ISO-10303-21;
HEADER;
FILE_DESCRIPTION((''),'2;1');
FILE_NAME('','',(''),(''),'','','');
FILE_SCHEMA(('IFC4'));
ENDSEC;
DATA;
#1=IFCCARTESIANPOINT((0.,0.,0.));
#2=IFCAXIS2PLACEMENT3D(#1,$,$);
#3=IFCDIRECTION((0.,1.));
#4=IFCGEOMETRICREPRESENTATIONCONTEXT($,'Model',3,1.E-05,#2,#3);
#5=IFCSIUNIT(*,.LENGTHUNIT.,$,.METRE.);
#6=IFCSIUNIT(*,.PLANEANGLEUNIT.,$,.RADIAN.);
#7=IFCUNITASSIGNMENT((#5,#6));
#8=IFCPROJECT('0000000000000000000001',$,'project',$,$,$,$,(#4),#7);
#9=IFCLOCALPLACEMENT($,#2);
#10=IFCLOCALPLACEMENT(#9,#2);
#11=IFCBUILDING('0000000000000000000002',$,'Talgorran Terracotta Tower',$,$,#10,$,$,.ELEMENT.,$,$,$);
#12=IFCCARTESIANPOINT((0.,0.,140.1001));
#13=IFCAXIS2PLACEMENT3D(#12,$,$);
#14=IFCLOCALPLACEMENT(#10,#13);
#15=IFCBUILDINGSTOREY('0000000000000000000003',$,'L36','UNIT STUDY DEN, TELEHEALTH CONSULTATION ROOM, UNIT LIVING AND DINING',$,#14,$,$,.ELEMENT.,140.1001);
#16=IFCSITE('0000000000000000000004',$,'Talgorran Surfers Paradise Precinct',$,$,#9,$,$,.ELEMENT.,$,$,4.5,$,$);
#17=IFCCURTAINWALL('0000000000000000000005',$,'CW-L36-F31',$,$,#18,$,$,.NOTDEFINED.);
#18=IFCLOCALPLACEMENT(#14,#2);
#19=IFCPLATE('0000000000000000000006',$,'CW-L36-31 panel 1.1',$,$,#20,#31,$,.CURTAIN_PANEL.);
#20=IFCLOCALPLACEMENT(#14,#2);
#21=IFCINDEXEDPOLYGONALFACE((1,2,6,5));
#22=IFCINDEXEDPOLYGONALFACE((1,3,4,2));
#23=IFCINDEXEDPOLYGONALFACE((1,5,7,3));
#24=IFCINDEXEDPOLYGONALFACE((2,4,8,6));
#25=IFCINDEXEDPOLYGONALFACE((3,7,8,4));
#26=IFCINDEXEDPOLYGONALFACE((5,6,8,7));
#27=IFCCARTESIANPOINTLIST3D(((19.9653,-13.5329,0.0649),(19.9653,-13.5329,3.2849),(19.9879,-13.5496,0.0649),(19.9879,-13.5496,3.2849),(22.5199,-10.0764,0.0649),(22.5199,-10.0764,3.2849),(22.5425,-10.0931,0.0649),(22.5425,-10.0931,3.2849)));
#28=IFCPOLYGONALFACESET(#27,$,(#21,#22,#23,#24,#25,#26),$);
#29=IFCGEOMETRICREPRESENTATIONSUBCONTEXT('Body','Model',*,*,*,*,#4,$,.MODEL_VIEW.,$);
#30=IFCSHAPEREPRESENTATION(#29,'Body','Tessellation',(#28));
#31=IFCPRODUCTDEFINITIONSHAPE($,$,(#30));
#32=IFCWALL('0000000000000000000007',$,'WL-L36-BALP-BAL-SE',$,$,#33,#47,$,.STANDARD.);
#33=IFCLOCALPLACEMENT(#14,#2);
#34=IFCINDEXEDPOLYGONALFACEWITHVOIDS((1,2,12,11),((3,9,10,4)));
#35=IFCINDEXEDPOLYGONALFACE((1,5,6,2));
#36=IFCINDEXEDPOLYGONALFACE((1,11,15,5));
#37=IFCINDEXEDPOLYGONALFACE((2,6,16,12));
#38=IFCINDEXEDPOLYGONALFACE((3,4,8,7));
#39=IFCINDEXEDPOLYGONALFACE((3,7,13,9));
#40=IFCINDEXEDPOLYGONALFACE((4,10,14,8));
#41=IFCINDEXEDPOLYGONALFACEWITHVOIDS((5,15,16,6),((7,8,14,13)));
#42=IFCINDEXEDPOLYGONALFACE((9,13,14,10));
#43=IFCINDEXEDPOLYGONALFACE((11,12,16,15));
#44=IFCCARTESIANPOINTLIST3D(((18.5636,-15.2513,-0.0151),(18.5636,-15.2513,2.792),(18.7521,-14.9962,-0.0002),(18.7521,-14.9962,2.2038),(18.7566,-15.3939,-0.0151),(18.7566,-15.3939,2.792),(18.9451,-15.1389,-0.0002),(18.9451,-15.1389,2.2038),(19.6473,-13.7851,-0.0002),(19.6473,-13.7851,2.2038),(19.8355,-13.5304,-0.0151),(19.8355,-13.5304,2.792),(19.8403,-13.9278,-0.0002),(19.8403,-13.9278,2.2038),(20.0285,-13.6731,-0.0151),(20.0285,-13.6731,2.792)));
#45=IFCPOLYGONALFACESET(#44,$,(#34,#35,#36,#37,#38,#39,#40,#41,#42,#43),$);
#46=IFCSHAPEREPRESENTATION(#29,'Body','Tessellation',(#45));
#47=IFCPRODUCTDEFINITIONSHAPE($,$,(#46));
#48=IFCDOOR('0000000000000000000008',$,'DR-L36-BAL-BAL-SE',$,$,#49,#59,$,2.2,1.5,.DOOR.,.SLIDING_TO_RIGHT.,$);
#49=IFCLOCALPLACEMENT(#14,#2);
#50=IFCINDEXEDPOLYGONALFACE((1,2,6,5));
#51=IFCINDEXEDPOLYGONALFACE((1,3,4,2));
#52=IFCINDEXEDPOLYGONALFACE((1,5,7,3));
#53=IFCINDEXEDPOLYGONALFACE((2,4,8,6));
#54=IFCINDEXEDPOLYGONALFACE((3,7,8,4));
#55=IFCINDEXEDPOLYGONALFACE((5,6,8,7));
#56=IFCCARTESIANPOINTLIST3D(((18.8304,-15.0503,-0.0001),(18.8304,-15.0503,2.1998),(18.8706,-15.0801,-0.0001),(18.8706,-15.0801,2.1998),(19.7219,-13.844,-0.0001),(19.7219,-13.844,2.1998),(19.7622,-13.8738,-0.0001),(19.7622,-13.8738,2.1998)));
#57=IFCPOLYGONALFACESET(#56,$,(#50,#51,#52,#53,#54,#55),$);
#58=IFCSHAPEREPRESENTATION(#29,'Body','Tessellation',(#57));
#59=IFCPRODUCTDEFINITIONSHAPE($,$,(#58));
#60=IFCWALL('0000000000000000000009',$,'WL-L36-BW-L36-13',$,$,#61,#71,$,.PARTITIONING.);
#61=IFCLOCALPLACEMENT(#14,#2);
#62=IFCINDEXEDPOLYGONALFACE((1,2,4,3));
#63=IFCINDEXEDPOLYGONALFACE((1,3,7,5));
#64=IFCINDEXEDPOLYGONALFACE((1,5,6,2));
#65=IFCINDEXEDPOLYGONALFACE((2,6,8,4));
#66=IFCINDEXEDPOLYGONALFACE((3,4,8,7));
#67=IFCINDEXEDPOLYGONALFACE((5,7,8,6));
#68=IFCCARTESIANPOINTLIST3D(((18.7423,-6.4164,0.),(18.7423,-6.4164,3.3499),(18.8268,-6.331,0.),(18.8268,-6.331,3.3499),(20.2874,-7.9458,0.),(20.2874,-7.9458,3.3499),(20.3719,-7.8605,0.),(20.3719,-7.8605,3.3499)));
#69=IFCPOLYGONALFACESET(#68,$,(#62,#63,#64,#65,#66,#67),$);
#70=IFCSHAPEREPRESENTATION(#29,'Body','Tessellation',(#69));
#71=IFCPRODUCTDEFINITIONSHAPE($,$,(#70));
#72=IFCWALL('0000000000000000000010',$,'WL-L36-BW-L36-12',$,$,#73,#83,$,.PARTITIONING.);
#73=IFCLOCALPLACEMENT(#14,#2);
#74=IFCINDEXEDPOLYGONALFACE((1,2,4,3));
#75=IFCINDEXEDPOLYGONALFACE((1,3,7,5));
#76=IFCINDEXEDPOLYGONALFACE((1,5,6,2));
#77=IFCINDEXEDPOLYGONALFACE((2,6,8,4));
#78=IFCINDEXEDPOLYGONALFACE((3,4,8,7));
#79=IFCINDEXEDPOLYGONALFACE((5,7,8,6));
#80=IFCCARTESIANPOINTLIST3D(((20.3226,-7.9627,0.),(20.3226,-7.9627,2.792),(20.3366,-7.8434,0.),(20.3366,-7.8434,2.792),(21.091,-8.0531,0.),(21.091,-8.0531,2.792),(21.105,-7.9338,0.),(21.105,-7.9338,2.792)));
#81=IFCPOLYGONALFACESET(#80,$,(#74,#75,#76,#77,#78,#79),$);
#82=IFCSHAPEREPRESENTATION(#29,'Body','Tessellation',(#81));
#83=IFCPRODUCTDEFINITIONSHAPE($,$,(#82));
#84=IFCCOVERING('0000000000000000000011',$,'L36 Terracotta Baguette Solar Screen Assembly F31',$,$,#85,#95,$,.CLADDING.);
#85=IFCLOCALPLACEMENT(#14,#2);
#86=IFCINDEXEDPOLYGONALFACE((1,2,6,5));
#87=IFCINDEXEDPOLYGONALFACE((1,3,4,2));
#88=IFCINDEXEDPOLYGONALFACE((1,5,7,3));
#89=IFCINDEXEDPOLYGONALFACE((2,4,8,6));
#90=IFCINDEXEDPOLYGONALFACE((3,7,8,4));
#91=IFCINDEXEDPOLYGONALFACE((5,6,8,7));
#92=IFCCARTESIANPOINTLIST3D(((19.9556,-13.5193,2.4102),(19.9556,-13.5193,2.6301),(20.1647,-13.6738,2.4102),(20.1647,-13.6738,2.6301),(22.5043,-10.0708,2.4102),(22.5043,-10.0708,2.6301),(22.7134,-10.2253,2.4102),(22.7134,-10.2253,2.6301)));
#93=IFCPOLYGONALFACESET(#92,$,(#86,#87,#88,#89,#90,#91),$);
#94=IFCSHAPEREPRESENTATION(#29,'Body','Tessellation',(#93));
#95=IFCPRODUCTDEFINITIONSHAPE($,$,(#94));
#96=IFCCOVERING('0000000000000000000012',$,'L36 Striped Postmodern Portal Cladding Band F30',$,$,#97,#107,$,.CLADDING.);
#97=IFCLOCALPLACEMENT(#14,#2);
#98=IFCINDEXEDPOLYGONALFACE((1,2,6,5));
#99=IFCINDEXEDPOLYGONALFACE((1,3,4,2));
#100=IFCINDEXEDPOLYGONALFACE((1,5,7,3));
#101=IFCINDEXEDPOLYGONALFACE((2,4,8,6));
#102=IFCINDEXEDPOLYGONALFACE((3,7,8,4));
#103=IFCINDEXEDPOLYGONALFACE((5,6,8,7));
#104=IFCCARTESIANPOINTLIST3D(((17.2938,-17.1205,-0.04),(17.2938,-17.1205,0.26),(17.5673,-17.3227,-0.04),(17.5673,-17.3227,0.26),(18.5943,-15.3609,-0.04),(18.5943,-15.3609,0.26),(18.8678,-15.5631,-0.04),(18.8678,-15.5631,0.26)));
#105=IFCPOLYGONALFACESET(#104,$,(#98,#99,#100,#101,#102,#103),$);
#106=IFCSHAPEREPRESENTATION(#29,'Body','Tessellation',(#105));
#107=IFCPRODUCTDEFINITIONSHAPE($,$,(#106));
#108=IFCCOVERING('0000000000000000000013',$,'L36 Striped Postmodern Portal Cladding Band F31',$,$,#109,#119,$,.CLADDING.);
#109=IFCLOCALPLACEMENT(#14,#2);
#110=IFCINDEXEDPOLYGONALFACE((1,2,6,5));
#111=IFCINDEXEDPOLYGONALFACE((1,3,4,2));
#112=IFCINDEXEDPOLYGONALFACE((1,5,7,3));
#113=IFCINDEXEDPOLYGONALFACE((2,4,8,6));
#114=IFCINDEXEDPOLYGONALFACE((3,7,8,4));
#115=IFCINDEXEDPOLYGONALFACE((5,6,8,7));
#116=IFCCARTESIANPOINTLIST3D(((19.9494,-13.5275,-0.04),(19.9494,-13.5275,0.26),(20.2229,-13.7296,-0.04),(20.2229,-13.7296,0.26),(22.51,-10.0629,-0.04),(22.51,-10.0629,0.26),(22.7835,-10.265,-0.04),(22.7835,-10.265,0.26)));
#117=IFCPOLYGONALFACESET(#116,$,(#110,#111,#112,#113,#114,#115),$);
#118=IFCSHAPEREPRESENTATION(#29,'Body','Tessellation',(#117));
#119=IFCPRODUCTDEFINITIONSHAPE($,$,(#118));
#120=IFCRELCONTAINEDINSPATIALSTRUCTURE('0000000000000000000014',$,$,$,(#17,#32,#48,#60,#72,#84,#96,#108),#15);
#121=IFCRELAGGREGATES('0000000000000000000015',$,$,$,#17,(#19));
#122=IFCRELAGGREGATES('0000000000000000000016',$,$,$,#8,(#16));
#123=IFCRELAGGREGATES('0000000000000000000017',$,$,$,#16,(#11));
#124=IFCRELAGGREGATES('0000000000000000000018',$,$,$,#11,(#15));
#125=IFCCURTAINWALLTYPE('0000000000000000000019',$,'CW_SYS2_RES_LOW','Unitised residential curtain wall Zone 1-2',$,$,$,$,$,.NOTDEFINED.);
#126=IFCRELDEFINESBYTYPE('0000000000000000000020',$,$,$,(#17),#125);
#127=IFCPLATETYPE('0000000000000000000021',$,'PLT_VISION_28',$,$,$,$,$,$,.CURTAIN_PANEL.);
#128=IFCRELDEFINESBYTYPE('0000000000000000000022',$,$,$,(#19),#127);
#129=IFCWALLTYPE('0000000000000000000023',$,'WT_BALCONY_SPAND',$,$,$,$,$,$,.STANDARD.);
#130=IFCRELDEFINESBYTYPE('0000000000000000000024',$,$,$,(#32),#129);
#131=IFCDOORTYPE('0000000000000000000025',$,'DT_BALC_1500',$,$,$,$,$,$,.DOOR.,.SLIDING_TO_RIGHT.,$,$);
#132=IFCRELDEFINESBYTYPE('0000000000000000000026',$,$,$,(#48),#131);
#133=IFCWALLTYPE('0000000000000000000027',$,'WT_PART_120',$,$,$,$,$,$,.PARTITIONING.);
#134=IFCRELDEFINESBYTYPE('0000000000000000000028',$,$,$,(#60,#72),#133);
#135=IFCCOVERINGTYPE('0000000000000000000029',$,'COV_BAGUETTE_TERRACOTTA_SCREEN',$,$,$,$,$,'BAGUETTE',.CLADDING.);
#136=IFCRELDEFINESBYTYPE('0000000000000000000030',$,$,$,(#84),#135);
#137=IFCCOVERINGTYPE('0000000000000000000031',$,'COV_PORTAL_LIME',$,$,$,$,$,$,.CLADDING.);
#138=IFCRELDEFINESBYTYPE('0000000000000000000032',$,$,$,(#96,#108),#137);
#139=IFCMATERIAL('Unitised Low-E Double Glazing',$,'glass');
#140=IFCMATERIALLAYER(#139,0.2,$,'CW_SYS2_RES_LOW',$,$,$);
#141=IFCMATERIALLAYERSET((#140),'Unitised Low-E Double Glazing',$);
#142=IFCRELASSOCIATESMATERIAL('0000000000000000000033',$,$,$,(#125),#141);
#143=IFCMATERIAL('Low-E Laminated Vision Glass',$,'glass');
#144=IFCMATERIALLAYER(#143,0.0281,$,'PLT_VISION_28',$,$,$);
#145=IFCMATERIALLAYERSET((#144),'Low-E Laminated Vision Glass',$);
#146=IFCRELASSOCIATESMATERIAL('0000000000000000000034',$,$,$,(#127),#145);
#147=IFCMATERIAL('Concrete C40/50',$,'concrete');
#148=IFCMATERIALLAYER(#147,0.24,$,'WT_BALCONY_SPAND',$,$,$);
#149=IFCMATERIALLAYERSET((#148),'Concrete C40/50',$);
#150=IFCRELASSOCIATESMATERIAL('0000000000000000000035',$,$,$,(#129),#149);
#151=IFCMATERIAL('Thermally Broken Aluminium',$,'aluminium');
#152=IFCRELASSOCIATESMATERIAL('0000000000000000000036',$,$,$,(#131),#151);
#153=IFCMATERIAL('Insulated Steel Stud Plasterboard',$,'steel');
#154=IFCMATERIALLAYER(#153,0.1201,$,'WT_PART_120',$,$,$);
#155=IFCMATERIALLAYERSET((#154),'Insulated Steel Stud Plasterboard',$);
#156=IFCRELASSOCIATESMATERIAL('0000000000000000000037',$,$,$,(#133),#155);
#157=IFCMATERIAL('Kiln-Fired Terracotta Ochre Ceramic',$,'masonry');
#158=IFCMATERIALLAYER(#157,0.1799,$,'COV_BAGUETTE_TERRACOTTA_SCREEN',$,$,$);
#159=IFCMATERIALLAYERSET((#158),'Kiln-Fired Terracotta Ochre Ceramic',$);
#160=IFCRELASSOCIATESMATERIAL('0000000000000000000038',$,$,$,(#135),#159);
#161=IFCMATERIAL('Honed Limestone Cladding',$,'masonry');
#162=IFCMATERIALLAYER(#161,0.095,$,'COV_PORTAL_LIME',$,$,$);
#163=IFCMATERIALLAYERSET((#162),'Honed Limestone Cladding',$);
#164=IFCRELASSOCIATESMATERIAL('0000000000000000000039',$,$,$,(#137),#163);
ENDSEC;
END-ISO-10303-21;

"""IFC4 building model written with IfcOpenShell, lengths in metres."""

from ifc_helpers import new_model, si_unit, direction, frame, frame_2d, origin, origin_2d, place, context, subcontext, project, spatial, rectangle, extrude, source, transform, mapped, material, layer, layer_set, type_object, element, fill, aggregate, save


model = new_model("IFC4")

# Units and contexts
model_context = context("Model", 3, precision=1e-05, world=origin(), true_north=direction((0.0, 1.0)))
body_context = subcontext(model_context, "Body", "Model", "MODEL_VIEW")
ifc_project = project(units=[si_unit("LENGTHUNIT", "METRE"), si_unit("PLANEANGLEUNIT", "RADIAN")], contexts=[model_context])

# Site, building, storey
site_placement = place(None, origin())
site = spatial("IfcSite", under=ifc_project, at=site_placement, Name="Talgorran Surfers Paradise Precinct", CompositionType="ELEMENT", RefElevation=4.5)
building_placement = place(site_placement, origin())
building = spatial("IfcBuilding", under=site, at=building_placement, Name="Talgorran Terracotta Tower", CompositionType="ELEMENT")
storey_placement = place(building_placement, frame((0.0, 0.0, 140.1001)))
storey = spatial("IfcBuildingStorey", under=building, at=storey_placement, Name="L36", Description="UNIT STUDY DEN, TELEHEALTH CONSULTATION ROOM, UNIT LIVING AND DINING", CompositionType="ELEMENT", Elevation=140.1001)

# Shared definitions
ifc_material_1 = material(Name="Unitised Low-E Double Glazing", Category="glass")
ifc_layer_1 = layer(ifc_material_1, 0.2, Name="CW_SYS2_RES_LOW")
ifc_layer_set_1 = layer_set([ifc_layer_1], Name="Unitised Low-E Double Glazing")
curtain_wall_type = type_object("IfcCurtainWallType", Name="CW_SYS2_RES_LOW", Description="Unitised residential curtain wall Zone 1-2", PredefinedType="NOTDEFINED", material=ifc_layer_set_1)

# Curtain wall
curtain_wall_1_placement = place(storey_placement, origin())
curtain_wall_1 = element("IfcCurtainWall", 1, at=curtain_wall_1_placement, inside=storey, type_object=curtain_wall_type, Name="CW-L36-F31", PredefinedType="NOTDEFINED")

# Plate
ifc_material_2 = material(Name="Low-E Laminated Vision Glass", Category="glass")
ifc_layer_2 = layer(ifc_material_2, 0.0281, Name="PLT_VISION_28")
ifc_layer_set_2 = layer_set([ifc_layer_2], Name="Low-E Laminated Vision Glass")
plate_type_1 = type_object("IfcPlateType", Name="PLT_VISION_28", PredefinedType="CURTAIN_PANEL", material=ifc_layer_set_2)
shared_shape_1 = source(origin(), body_context, "Body", "SweptSolid", [
    extrude(rectangle(XDim=4.2981, YDim=0.0281, at=origin_2d()), origin(), (0.0, 0.0, 1.0), 3.22),
])
plate_1_placement = place(storey_placement, frame((21.2539, -11.813, 0.0649), z_axis=(0.0, 0.0, 1.0), x_axis=(0.594359, 0.8042, 0.0)))
plate_1 = element("IfcPlate", 2, at=plate_1_placement, type_object=plate_type_1, Name="CW-L36-31 panel 1.1", PredefinedType="CURTAIN_PANEL", context=body_context, shape_type="MappedRepresentation", body=[
    mapped(shared_shape_1, transform((0.0, 0.0, 0.0), scale=1.0)),
])
aggregate(curtain_wall_1, [plate_1])

# Wall, opening, door
ifc_material_3 = material(Name="Concrete C40/50", Category="concrete")
ifc_layer_3 = layer(ifc_material_3, 0.24, Name="WT_BALCONY_SPAND")
ifc_layer_set_3 = layer_set([ifc_layer_3], Name="Concrete C40/50")
wall_type_1 = type_object("IfcWallType", Name="WT_BALCONY_SPAND", PredefinedType="STANDARD", material=ifc_layer_set_3)
wall_1_placement = place(storey_placement, frame((18.6602, -15.3225, -0.0151), z_axis=(0.0, 0.0, 1.0), x_axis=(0.594381, 0.804183, 0.0)))
wall_1 = element("IfcWall", 3, at=wall_1_placement, inside=storey, type_object=wall_type_1, Name="WL-L36-BALP-BAL-SE", PredefinedType="STANDARD", context=body_context, shape_type="SweptSolid", body=[
    extrude(rectangle(XDim=2.1399, YDim=0.24, at=frame_2d((1.0698, 0.0))), origin(), (0.0, 0.0, 1.0), 2.8071),
])
opening_placement = place(wall_1_placement, frame((0.3201, 0.0, 0.0149)))
opening = element("IfcOpeningElement", 4, at=opening_placement, cuts=wall_1, PredefinedType="OPENING", context=body_context, shape_type="SweptSolid", body=[
    extrude(rectangle(XDim=1.506, YDim=2.204, at=frame_2d((0.75, 1.1021))), frame((0.0, 0.1299, 0.0), z_axis=(0.0, -1.0, 0.0), x_axis=(1.0, 0.0, 0.0)), (0.0, 0.0, 1.0), 0.26),
])
ifc_material_4 = material(Name="Thermally Broken Aluminium", Category="aluminium")
door_type = type_object("IfcDoorType", Name="DT_BALC_1500", OperationType="SLIDING_TO_RIGHT", PredefinedType="DOOR", material=ifc_material_4)
door_placement = place(opening_placement, origin())
door = element("IfcDoor", 5, at=door_placement, inside=storey, type_object=door_type, Name="DR-L36-BAL-BAL-SE", OperationType="SLIDING_TO_RIGHT", OverallHeight=2.2, OverallWidth=1.5, PredefinedType="DOOR", context=body_context, shape_type="SweptSolid", body=[
    extrude(rectangle(XDim=1.5, YDim=2.2, at=frame_2d((0.75, 1.1001))), frame((0.0, 0.0249, 0.0), z_axis=(0.0, -1.0, 0.0), x_axis=(1.0, 0.0, 0.0)), (0.0, 0.0, 1.0), 0.05),
])
fill(opening, door)

# Walls
ifc_material_5 = material(Name="Insulated Steel Stud Plasterboard", Category="steel")
ifc_layer_4 = layer(ifc_material_5, 0.1201, Name="WT_PART_120")
ifc_layer_set_4 = layer_set([ifc_layer_4], Name="Insulated Steel Stud Plasterboard")
wall_type_2 = type_object("IfcWallType", Name="WT_PART_120", PredefinedType="PARTITIONING", material=ifc_layer_set_4)
wall_2_placement = place(storey_placement, frame((20.3296, -7.9031, 0.0), z_axis=(0.0, 0.0, 1.0), x_axis=(-0.710691, 0.703504, 0.0)))
element("IfcWall", 6, at=wall_2_placement, inside=storey, type_object=wall_type_2, Name="WL-L36-BW-L36-13", PredefinedType="PARTITIONING", context=body_context, shape_type="SweptSolid", body=[
    extrude(rectangle(XDim=2.1741, YDim=0.1201, at=frame_2d((1.0869, 0.0))), origin(), (0.0, 0.0, 1.0), 3.3499),
])
wall_3_placement = place(storey_placement, frame((21.0979, -7.9934, 0.0), z_axis=(0.0, 0.0, 1.0), x_axis=(-0.993159, 0.116768, 0.0)))
element("IfcWall", 7, at=wall_3_placement, inside=storey, type_object=wall_type_2, Name="WL-L36-BW-L36-12", PredefinedType="PARTITIONING", context=body_context, shape_type="SweptSolid", body=[
    extrude(rectangle(XDim=0.7737, YDim=0.1201, at=frame_2d((0.3867, 0.0))), origin(), (0.0, 0.0, 1.0), 2.792),
])

# Coverings
ifc_material_6 = material(Name="Kiln-Fired Terracotta Ochre Ceramic", Category="masonry")
ifc_layer_5 = layer(ifc_material_6, 0.1799, Name="COV_BAGUETTE_TERRACOTTA_SCREEN")
ifc_layer_set_5 = layer_set([ifc_layer_5], Name="Kiln-Fired Terracotta Ochre Ceramic")
covering_type_1 = type_object("IfcCoveringType", Name="COV_BAGUETTE_TERRACOTTA_SCREEN", ElementType="BAGUETTE", PredefinedType="CLADDING", material=ifc_layer_set_5)
covering_1_placement = place(storey_placement, frame((21.3345, -11.8723, 2.4102), z_axis=(0.0, 0.0, 1.0), x_axis=(0.59436, 0.804199, 0.0)))
element("IfcCovering", 8, at=covering_1_placement, inside=storey, type_object=covering_type_1, Name="L36 Terracotta Baguette Solar Screen Assembly F31", PredefinedType="CLADDING", context=body_context, shape_type="SweptSolid", body=[
    extrude(rectangle(XDim=4.2881, YDim=0.26, at=origin_2d()), origin(), (0.0, 0.0, 1.0), 0.22),
])
ifc_material_7 = material(Name="Honed Limestone Cladding", Category="masonry")
ifc_layer_6 = layer(ifc_material_7, 0.095, Name="COV_PORTAL_LIME")
ifc_layer_set_6 = layer_set([ifc_layer_6], Name="Honed Limestone Cladding")
covering_type_2 = type_object("IfcCoveringType", Name="COV_PORTAL_LIME", PredefinedType="CLADDING", material=ifc_layer_set_6)
covering_2_placement = place(storey_placement, frame((18.0808, -16.3418, -0.04), z_axis=(0.0, 0.0, 1.0), x_axis=(0.59436, 0.804199, 0.0)))
element("IfcCovering", 9, at=covering_2_placement, inside=storey, type_object=covering_type_2, Name="L36 Striped Postmodern Portal Cladding Band F30", PredefinedType="CLADDING", context=body_context, shape_type="SweptSolid", body=[
    extrude(rectangle(XDim=2.188, YDim=0.3401, at=origin_2d()), origin(), (0.0, 0.0, 1.0), 0.3),
])
covering_3_placement = place(storey_placement, frame((21.3665, -11.8962, -0.04), z_axis=(0.0, 0.0, 1.0), x_axis=(0.59436, 0.804199, 0.0)))
element("IfcCovering", 10, at=covering_3_placement, inside=storey, type_object=covering_type_2, Name="L36 Striped Postmodern Portal Cladding Band F31", PredefinedType="CLADDING", context=body_context, shape_type="SweptSolid", body=[
    extrude(rectangle(XDim=4.3081, YDim=0.3401, at=origin_2d()), origin(), (0.0, 0.0, 1.0), 0.3),
])

save(model, "model.ifc")
